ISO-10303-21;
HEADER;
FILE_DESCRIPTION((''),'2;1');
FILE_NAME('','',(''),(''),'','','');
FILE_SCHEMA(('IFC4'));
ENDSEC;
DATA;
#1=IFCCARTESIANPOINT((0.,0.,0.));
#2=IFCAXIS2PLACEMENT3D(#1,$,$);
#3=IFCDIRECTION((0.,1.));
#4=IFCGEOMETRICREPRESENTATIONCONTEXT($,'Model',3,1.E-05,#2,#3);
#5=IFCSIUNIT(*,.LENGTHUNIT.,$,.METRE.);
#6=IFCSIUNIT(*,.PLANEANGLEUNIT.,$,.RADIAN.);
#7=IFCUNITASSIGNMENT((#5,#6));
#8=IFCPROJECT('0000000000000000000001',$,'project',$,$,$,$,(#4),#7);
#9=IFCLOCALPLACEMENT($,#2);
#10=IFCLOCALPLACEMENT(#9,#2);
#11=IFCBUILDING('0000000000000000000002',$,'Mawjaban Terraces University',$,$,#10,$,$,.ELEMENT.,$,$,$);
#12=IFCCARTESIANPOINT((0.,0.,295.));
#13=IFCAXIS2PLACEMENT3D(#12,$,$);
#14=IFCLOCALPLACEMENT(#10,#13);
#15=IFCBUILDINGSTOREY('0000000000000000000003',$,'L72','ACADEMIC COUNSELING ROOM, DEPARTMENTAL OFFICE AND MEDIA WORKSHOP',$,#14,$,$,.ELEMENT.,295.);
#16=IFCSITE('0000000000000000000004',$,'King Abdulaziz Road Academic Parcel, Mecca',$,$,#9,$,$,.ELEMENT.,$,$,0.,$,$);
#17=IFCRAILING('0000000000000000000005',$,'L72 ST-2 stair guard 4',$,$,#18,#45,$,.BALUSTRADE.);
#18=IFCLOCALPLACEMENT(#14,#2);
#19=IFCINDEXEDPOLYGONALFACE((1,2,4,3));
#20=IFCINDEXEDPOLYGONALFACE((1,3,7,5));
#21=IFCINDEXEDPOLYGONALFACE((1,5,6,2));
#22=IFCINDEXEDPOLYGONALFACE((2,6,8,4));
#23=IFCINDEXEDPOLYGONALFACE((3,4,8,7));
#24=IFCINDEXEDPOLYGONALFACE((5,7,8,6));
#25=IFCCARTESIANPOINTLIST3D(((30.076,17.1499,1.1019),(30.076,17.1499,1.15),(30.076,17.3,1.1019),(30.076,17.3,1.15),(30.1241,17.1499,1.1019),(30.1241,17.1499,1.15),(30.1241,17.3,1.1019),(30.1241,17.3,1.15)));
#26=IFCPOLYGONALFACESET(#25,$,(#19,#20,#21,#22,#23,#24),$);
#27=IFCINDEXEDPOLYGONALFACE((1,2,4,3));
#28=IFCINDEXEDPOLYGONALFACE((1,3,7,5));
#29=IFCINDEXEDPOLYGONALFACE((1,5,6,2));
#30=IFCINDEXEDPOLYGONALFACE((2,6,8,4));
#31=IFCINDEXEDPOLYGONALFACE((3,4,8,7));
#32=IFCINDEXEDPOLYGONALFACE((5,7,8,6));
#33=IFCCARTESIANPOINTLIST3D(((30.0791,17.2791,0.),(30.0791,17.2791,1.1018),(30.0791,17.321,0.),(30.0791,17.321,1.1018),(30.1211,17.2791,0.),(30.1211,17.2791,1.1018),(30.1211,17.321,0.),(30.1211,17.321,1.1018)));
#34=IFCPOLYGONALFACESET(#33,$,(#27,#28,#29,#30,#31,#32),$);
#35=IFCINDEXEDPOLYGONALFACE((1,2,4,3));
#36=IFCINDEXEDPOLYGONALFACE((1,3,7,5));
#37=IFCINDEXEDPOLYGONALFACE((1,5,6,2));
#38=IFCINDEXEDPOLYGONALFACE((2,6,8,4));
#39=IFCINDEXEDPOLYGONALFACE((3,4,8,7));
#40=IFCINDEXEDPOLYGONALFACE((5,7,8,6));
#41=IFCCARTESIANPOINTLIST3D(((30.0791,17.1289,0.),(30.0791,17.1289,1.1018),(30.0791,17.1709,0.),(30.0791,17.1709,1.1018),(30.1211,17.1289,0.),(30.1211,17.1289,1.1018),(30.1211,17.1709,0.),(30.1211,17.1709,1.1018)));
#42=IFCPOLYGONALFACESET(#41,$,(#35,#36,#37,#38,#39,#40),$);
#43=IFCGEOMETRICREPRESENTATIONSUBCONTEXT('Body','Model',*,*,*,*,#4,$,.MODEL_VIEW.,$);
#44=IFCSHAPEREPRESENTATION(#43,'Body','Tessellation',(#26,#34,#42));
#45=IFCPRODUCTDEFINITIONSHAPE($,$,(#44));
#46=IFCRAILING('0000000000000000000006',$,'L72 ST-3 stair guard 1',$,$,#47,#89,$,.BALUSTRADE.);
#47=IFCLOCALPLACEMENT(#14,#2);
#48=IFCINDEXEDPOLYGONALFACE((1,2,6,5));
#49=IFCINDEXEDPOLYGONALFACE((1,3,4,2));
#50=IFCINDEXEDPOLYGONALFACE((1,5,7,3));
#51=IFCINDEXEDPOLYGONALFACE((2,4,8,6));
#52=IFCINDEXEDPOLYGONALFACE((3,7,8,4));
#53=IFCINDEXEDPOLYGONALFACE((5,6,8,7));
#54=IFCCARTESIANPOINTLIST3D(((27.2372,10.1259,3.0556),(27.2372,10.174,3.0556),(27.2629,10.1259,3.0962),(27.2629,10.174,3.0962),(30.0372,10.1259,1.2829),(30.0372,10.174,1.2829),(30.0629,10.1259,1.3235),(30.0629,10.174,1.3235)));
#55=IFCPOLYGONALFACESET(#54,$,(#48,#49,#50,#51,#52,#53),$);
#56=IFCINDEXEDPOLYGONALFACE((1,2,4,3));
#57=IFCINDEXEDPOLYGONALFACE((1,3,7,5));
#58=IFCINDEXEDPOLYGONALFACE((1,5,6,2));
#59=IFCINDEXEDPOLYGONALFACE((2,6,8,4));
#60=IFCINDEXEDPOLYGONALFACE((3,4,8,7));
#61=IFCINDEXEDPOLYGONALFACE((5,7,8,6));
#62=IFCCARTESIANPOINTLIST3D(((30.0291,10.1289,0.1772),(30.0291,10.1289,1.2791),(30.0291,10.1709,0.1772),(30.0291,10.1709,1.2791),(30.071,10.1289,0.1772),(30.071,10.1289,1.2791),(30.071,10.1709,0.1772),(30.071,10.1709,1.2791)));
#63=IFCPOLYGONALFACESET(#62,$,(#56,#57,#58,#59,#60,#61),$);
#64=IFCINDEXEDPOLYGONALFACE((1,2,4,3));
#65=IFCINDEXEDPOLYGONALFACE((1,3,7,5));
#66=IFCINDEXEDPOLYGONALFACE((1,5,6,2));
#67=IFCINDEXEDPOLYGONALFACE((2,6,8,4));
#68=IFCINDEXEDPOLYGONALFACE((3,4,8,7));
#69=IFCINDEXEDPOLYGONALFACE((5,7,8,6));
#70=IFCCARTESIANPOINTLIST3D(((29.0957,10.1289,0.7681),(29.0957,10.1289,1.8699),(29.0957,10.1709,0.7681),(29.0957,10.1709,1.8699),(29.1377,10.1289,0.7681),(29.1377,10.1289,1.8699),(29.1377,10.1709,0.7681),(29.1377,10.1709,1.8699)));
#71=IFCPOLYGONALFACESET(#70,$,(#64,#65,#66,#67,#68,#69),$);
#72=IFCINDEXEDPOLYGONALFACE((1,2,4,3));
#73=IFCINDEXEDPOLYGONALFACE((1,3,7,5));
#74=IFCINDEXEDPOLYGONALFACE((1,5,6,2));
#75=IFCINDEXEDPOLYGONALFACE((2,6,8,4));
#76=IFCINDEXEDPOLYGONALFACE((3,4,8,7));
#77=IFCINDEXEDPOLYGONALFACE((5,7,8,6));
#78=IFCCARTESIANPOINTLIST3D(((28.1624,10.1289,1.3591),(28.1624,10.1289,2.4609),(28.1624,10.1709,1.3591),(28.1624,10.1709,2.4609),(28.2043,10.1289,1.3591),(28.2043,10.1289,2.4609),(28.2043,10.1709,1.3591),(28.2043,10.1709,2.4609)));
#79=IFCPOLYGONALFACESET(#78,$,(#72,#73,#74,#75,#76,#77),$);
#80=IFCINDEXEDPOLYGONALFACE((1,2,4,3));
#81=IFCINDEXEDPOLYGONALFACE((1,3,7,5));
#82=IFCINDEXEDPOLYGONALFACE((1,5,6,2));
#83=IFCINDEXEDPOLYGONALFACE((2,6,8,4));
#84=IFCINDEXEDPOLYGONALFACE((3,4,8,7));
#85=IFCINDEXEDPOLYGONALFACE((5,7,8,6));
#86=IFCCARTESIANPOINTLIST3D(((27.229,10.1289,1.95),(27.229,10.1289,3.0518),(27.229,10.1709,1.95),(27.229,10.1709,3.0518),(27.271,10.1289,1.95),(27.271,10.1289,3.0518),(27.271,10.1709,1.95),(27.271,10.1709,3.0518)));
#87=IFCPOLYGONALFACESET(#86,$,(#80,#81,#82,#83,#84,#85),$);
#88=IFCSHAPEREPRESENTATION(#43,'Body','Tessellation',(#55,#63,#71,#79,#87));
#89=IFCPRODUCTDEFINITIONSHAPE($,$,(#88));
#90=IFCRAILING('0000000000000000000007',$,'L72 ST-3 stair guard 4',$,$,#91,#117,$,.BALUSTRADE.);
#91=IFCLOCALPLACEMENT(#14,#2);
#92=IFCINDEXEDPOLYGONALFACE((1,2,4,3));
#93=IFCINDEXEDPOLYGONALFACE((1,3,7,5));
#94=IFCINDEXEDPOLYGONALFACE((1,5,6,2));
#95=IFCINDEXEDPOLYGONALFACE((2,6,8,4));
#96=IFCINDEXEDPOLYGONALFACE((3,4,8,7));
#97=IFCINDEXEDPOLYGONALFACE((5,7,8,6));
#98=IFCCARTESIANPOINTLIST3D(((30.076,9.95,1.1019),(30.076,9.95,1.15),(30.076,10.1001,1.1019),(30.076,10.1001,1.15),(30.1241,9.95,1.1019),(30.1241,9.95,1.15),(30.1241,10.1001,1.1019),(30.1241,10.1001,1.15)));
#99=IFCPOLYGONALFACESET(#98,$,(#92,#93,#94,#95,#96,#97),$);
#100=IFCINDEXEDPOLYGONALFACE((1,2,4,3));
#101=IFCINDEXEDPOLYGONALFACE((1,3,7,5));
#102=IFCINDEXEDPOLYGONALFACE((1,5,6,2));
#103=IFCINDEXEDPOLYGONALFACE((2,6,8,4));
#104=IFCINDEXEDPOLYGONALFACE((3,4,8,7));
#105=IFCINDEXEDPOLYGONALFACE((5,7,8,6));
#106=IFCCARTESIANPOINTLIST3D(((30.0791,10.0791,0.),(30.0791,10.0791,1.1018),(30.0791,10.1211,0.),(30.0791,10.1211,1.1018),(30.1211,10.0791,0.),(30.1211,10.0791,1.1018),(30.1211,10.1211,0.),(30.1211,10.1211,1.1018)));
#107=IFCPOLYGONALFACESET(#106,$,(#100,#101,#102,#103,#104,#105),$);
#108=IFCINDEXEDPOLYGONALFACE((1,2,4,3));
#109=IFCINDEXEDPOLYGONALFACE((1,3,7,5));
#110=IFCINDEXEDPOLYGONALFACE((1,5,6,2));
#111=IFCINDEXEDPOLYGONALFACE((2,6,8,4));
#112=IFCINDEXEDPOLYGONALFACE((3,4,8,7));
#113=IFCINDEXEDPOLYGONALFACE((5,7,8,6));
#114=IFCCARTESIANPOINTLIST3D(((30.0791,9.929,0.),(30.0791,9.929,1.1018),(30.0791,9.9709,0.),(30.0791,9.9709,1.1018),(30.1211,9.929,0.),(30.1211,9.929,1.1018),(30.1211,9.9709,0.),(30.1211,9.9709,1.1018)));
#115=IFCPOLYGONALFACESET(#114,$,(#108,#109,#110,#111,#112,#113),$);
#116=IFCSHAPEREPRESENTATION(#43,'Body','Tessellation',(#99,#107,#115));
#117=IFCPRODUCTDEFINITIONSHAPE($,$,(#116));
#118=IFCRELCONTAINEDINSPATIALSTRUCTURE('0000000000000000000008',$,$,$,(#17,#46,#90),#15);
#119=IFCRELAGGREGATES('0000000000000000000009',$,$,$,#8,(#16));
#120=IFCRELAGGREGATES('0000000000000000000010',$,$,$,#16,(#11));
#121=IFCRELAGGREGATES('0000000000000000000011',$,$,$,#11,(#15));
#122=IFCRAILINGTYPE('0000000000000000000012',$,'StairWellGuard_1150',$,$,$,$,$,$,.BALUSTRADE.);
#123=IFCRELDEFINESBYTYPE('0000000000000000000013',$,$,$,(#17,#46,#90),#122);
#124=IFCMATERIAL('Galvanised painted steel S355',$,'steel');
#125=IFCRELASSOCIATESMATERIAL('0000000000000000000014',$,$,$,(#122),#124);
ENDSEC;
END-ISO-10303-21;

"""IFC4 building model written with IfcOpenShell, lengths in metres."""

from ifc_helpers import new_model, si_unit, direction, frame, origin, origin_2d, place, context, subcontext, project, spatial, rectangle, extrude, material, type_object, element, save


model = new_model("IFC4")

# Units and contexts
model_context = context("Model", 3, precision=1e-05, world=origin(), true_north=direction((0.0, 1.0)))
body_context = subcontext(model_context, "Body", "Model", "MODEL_VIEW")
ifc_project = project(units=[si_unit("LENGTHUNIT", "METRE"), si_unit("PLANEANGLEUNIT", "RADIAN")], contexts=[model_context])

# Site, building, storey
site_placement = place(None, origin())
site = spatial("IfcSite", under=ifc_project, at=site_placement, Name="King Abdulaziz Road Academic Parcel, Mecca", CompositionType="ELEMENT", RefElevation=0.0)
building_placement = place(site_placement, origin())
building = spatial("IfcBuilding", under=site, at=building_placement, Name="Mawjaban Terraces University", CompositionType="ELEMENT")
storey_placement = place(building_placement, frame((0.0, 0.0, 295.0)))
storey = spatial("IfcBuildingStorey", under=building, at=storey_placement, Name="L72", Description="ACADEMIC COUNSELING ROOM, DEPARTMENTAL OFFICE AND MEDIA WORKSHOP", CompositionType="ELEMENT", Elevation=295.0)

# Railings
ifc_material_1 = material(Name="Galvanised painted steel S355", Category="steel")
railing_type_1 = type_object("IfcRailingType", Name="StairWellGuard_1150", PredefinedType="BALUSTRADE", material=ifc_material_1)
railing_1_placement = place(storey_placement, frame((30.1001, 17.3, 0.0)))
element("IfcRailing", 1, at=railing_1_placement, inside=storey, type_object=railing_type_1, Name="L72 ST-2 stair guard 4", PredefinedType="BALUSTRADE", context=body_context, shape_type="SweptSolid", body=[
    extrude(rectangle(XDim=0.0481, YDim=0.0481, at=origin_2d()), frame((0.0, 0.0, 1.126), z_axis=(0.0, -1.0, 0.0), x_axis=(1.0, 0.0, 0.0)), (0.0, 0.0, 1.0), 0.1501),
    extrude(rectangle(XDim=0.042, YDim=0.042, at=origin_2d()), origin(), (0.0, 0.0, 1.0), 1.1018),
    extrude(rectangle(XDim=0.042, YDim=0.042, at=origin_2d()), frame((0.0, -0.1501, 0.0)), (0.0, 0.0, 1.0), 1.1018),
])
railing_2_placement = place(storey_placement, frame((30.05, 10.1499, 0.1772)))
element("IfcRailing", 2, at=railing_2_placement, inside=storey, type_object=railing_type_1, Name="L72 ST-3 stair guard 1", PredefinedType="BALUSTRADE", context=body_context, shape_type="SweptSolid", body=[
    extrude(rectangle(XDim=0.0481, YDim=0.0481, at=origin_2d()), frame((0.0, 0.0, 1.126), z_axis=(-0.844909, 0.0, 0.53491), x_axis=(0.0, -1.0, 0.0)), (0.0, 0.0, 1.0), 3.314),
    extrude(rectangle(XDim=0.042, YDim=0.042, at=origin_2d()), origin(), (0.0, 0.0, 1.0), 1.1018),
    extrude(rectangle(XDim=0.042, YDim=0.042, at=origin_2d()), frame((-0.9333, 0.0, 0.5908)), (0.0, 0.0, 1.0), 1.1018),
    extrude(rectangle(XDim=0.042, YDim=0.042, at=origin_2d()), frame((-1.8667, 0.0, 1.1819)), (0.0, 0.0, 1.0), 1.1018),
    extrude(rectangle(XDim=0.042, YDim=0.042, at=origin_2d()), frame((-2.8, 0.0, 1.7727)), (0.0, 0.0, 1.0), 1.1018),
])
railing_3_placement = place(storey_placement, frame((30.1001, 10.1001, 0.0)))
element("IfcRailing", 3, at=railing_3_placement, inside=storey, type_object=railing_type_1, Name="L72 ST-3 stair guard 4", PredefinedType="BALUSTRADE", context=body_context, shape_type="SweptSolid", body=[
    extrude(rectangle(XDim=0.0481, YDim=0.0481, at=origin_2d()), frame((0.0, 0.0, 1.126), z_axis=(0.0, -1.0, 0.0), x_axis=(1.0, 0.0, 0.0)), (0.0, 0.0, 1.0), 0.1501),
    extrude(rectangle(XDim=0.042, YDim=0.042, at=origin_2d()), origin(), (0.0, 0.0, 1.0), 1.1018),
    extrude(rectangle(XDim=0.042, YDim=0.042, at=origin_2d()), frame((0.0, -0.1501, 0.0)), (0.0, 0.0, 1.0), 1.1018),
])

save(model, "model.ifc")
